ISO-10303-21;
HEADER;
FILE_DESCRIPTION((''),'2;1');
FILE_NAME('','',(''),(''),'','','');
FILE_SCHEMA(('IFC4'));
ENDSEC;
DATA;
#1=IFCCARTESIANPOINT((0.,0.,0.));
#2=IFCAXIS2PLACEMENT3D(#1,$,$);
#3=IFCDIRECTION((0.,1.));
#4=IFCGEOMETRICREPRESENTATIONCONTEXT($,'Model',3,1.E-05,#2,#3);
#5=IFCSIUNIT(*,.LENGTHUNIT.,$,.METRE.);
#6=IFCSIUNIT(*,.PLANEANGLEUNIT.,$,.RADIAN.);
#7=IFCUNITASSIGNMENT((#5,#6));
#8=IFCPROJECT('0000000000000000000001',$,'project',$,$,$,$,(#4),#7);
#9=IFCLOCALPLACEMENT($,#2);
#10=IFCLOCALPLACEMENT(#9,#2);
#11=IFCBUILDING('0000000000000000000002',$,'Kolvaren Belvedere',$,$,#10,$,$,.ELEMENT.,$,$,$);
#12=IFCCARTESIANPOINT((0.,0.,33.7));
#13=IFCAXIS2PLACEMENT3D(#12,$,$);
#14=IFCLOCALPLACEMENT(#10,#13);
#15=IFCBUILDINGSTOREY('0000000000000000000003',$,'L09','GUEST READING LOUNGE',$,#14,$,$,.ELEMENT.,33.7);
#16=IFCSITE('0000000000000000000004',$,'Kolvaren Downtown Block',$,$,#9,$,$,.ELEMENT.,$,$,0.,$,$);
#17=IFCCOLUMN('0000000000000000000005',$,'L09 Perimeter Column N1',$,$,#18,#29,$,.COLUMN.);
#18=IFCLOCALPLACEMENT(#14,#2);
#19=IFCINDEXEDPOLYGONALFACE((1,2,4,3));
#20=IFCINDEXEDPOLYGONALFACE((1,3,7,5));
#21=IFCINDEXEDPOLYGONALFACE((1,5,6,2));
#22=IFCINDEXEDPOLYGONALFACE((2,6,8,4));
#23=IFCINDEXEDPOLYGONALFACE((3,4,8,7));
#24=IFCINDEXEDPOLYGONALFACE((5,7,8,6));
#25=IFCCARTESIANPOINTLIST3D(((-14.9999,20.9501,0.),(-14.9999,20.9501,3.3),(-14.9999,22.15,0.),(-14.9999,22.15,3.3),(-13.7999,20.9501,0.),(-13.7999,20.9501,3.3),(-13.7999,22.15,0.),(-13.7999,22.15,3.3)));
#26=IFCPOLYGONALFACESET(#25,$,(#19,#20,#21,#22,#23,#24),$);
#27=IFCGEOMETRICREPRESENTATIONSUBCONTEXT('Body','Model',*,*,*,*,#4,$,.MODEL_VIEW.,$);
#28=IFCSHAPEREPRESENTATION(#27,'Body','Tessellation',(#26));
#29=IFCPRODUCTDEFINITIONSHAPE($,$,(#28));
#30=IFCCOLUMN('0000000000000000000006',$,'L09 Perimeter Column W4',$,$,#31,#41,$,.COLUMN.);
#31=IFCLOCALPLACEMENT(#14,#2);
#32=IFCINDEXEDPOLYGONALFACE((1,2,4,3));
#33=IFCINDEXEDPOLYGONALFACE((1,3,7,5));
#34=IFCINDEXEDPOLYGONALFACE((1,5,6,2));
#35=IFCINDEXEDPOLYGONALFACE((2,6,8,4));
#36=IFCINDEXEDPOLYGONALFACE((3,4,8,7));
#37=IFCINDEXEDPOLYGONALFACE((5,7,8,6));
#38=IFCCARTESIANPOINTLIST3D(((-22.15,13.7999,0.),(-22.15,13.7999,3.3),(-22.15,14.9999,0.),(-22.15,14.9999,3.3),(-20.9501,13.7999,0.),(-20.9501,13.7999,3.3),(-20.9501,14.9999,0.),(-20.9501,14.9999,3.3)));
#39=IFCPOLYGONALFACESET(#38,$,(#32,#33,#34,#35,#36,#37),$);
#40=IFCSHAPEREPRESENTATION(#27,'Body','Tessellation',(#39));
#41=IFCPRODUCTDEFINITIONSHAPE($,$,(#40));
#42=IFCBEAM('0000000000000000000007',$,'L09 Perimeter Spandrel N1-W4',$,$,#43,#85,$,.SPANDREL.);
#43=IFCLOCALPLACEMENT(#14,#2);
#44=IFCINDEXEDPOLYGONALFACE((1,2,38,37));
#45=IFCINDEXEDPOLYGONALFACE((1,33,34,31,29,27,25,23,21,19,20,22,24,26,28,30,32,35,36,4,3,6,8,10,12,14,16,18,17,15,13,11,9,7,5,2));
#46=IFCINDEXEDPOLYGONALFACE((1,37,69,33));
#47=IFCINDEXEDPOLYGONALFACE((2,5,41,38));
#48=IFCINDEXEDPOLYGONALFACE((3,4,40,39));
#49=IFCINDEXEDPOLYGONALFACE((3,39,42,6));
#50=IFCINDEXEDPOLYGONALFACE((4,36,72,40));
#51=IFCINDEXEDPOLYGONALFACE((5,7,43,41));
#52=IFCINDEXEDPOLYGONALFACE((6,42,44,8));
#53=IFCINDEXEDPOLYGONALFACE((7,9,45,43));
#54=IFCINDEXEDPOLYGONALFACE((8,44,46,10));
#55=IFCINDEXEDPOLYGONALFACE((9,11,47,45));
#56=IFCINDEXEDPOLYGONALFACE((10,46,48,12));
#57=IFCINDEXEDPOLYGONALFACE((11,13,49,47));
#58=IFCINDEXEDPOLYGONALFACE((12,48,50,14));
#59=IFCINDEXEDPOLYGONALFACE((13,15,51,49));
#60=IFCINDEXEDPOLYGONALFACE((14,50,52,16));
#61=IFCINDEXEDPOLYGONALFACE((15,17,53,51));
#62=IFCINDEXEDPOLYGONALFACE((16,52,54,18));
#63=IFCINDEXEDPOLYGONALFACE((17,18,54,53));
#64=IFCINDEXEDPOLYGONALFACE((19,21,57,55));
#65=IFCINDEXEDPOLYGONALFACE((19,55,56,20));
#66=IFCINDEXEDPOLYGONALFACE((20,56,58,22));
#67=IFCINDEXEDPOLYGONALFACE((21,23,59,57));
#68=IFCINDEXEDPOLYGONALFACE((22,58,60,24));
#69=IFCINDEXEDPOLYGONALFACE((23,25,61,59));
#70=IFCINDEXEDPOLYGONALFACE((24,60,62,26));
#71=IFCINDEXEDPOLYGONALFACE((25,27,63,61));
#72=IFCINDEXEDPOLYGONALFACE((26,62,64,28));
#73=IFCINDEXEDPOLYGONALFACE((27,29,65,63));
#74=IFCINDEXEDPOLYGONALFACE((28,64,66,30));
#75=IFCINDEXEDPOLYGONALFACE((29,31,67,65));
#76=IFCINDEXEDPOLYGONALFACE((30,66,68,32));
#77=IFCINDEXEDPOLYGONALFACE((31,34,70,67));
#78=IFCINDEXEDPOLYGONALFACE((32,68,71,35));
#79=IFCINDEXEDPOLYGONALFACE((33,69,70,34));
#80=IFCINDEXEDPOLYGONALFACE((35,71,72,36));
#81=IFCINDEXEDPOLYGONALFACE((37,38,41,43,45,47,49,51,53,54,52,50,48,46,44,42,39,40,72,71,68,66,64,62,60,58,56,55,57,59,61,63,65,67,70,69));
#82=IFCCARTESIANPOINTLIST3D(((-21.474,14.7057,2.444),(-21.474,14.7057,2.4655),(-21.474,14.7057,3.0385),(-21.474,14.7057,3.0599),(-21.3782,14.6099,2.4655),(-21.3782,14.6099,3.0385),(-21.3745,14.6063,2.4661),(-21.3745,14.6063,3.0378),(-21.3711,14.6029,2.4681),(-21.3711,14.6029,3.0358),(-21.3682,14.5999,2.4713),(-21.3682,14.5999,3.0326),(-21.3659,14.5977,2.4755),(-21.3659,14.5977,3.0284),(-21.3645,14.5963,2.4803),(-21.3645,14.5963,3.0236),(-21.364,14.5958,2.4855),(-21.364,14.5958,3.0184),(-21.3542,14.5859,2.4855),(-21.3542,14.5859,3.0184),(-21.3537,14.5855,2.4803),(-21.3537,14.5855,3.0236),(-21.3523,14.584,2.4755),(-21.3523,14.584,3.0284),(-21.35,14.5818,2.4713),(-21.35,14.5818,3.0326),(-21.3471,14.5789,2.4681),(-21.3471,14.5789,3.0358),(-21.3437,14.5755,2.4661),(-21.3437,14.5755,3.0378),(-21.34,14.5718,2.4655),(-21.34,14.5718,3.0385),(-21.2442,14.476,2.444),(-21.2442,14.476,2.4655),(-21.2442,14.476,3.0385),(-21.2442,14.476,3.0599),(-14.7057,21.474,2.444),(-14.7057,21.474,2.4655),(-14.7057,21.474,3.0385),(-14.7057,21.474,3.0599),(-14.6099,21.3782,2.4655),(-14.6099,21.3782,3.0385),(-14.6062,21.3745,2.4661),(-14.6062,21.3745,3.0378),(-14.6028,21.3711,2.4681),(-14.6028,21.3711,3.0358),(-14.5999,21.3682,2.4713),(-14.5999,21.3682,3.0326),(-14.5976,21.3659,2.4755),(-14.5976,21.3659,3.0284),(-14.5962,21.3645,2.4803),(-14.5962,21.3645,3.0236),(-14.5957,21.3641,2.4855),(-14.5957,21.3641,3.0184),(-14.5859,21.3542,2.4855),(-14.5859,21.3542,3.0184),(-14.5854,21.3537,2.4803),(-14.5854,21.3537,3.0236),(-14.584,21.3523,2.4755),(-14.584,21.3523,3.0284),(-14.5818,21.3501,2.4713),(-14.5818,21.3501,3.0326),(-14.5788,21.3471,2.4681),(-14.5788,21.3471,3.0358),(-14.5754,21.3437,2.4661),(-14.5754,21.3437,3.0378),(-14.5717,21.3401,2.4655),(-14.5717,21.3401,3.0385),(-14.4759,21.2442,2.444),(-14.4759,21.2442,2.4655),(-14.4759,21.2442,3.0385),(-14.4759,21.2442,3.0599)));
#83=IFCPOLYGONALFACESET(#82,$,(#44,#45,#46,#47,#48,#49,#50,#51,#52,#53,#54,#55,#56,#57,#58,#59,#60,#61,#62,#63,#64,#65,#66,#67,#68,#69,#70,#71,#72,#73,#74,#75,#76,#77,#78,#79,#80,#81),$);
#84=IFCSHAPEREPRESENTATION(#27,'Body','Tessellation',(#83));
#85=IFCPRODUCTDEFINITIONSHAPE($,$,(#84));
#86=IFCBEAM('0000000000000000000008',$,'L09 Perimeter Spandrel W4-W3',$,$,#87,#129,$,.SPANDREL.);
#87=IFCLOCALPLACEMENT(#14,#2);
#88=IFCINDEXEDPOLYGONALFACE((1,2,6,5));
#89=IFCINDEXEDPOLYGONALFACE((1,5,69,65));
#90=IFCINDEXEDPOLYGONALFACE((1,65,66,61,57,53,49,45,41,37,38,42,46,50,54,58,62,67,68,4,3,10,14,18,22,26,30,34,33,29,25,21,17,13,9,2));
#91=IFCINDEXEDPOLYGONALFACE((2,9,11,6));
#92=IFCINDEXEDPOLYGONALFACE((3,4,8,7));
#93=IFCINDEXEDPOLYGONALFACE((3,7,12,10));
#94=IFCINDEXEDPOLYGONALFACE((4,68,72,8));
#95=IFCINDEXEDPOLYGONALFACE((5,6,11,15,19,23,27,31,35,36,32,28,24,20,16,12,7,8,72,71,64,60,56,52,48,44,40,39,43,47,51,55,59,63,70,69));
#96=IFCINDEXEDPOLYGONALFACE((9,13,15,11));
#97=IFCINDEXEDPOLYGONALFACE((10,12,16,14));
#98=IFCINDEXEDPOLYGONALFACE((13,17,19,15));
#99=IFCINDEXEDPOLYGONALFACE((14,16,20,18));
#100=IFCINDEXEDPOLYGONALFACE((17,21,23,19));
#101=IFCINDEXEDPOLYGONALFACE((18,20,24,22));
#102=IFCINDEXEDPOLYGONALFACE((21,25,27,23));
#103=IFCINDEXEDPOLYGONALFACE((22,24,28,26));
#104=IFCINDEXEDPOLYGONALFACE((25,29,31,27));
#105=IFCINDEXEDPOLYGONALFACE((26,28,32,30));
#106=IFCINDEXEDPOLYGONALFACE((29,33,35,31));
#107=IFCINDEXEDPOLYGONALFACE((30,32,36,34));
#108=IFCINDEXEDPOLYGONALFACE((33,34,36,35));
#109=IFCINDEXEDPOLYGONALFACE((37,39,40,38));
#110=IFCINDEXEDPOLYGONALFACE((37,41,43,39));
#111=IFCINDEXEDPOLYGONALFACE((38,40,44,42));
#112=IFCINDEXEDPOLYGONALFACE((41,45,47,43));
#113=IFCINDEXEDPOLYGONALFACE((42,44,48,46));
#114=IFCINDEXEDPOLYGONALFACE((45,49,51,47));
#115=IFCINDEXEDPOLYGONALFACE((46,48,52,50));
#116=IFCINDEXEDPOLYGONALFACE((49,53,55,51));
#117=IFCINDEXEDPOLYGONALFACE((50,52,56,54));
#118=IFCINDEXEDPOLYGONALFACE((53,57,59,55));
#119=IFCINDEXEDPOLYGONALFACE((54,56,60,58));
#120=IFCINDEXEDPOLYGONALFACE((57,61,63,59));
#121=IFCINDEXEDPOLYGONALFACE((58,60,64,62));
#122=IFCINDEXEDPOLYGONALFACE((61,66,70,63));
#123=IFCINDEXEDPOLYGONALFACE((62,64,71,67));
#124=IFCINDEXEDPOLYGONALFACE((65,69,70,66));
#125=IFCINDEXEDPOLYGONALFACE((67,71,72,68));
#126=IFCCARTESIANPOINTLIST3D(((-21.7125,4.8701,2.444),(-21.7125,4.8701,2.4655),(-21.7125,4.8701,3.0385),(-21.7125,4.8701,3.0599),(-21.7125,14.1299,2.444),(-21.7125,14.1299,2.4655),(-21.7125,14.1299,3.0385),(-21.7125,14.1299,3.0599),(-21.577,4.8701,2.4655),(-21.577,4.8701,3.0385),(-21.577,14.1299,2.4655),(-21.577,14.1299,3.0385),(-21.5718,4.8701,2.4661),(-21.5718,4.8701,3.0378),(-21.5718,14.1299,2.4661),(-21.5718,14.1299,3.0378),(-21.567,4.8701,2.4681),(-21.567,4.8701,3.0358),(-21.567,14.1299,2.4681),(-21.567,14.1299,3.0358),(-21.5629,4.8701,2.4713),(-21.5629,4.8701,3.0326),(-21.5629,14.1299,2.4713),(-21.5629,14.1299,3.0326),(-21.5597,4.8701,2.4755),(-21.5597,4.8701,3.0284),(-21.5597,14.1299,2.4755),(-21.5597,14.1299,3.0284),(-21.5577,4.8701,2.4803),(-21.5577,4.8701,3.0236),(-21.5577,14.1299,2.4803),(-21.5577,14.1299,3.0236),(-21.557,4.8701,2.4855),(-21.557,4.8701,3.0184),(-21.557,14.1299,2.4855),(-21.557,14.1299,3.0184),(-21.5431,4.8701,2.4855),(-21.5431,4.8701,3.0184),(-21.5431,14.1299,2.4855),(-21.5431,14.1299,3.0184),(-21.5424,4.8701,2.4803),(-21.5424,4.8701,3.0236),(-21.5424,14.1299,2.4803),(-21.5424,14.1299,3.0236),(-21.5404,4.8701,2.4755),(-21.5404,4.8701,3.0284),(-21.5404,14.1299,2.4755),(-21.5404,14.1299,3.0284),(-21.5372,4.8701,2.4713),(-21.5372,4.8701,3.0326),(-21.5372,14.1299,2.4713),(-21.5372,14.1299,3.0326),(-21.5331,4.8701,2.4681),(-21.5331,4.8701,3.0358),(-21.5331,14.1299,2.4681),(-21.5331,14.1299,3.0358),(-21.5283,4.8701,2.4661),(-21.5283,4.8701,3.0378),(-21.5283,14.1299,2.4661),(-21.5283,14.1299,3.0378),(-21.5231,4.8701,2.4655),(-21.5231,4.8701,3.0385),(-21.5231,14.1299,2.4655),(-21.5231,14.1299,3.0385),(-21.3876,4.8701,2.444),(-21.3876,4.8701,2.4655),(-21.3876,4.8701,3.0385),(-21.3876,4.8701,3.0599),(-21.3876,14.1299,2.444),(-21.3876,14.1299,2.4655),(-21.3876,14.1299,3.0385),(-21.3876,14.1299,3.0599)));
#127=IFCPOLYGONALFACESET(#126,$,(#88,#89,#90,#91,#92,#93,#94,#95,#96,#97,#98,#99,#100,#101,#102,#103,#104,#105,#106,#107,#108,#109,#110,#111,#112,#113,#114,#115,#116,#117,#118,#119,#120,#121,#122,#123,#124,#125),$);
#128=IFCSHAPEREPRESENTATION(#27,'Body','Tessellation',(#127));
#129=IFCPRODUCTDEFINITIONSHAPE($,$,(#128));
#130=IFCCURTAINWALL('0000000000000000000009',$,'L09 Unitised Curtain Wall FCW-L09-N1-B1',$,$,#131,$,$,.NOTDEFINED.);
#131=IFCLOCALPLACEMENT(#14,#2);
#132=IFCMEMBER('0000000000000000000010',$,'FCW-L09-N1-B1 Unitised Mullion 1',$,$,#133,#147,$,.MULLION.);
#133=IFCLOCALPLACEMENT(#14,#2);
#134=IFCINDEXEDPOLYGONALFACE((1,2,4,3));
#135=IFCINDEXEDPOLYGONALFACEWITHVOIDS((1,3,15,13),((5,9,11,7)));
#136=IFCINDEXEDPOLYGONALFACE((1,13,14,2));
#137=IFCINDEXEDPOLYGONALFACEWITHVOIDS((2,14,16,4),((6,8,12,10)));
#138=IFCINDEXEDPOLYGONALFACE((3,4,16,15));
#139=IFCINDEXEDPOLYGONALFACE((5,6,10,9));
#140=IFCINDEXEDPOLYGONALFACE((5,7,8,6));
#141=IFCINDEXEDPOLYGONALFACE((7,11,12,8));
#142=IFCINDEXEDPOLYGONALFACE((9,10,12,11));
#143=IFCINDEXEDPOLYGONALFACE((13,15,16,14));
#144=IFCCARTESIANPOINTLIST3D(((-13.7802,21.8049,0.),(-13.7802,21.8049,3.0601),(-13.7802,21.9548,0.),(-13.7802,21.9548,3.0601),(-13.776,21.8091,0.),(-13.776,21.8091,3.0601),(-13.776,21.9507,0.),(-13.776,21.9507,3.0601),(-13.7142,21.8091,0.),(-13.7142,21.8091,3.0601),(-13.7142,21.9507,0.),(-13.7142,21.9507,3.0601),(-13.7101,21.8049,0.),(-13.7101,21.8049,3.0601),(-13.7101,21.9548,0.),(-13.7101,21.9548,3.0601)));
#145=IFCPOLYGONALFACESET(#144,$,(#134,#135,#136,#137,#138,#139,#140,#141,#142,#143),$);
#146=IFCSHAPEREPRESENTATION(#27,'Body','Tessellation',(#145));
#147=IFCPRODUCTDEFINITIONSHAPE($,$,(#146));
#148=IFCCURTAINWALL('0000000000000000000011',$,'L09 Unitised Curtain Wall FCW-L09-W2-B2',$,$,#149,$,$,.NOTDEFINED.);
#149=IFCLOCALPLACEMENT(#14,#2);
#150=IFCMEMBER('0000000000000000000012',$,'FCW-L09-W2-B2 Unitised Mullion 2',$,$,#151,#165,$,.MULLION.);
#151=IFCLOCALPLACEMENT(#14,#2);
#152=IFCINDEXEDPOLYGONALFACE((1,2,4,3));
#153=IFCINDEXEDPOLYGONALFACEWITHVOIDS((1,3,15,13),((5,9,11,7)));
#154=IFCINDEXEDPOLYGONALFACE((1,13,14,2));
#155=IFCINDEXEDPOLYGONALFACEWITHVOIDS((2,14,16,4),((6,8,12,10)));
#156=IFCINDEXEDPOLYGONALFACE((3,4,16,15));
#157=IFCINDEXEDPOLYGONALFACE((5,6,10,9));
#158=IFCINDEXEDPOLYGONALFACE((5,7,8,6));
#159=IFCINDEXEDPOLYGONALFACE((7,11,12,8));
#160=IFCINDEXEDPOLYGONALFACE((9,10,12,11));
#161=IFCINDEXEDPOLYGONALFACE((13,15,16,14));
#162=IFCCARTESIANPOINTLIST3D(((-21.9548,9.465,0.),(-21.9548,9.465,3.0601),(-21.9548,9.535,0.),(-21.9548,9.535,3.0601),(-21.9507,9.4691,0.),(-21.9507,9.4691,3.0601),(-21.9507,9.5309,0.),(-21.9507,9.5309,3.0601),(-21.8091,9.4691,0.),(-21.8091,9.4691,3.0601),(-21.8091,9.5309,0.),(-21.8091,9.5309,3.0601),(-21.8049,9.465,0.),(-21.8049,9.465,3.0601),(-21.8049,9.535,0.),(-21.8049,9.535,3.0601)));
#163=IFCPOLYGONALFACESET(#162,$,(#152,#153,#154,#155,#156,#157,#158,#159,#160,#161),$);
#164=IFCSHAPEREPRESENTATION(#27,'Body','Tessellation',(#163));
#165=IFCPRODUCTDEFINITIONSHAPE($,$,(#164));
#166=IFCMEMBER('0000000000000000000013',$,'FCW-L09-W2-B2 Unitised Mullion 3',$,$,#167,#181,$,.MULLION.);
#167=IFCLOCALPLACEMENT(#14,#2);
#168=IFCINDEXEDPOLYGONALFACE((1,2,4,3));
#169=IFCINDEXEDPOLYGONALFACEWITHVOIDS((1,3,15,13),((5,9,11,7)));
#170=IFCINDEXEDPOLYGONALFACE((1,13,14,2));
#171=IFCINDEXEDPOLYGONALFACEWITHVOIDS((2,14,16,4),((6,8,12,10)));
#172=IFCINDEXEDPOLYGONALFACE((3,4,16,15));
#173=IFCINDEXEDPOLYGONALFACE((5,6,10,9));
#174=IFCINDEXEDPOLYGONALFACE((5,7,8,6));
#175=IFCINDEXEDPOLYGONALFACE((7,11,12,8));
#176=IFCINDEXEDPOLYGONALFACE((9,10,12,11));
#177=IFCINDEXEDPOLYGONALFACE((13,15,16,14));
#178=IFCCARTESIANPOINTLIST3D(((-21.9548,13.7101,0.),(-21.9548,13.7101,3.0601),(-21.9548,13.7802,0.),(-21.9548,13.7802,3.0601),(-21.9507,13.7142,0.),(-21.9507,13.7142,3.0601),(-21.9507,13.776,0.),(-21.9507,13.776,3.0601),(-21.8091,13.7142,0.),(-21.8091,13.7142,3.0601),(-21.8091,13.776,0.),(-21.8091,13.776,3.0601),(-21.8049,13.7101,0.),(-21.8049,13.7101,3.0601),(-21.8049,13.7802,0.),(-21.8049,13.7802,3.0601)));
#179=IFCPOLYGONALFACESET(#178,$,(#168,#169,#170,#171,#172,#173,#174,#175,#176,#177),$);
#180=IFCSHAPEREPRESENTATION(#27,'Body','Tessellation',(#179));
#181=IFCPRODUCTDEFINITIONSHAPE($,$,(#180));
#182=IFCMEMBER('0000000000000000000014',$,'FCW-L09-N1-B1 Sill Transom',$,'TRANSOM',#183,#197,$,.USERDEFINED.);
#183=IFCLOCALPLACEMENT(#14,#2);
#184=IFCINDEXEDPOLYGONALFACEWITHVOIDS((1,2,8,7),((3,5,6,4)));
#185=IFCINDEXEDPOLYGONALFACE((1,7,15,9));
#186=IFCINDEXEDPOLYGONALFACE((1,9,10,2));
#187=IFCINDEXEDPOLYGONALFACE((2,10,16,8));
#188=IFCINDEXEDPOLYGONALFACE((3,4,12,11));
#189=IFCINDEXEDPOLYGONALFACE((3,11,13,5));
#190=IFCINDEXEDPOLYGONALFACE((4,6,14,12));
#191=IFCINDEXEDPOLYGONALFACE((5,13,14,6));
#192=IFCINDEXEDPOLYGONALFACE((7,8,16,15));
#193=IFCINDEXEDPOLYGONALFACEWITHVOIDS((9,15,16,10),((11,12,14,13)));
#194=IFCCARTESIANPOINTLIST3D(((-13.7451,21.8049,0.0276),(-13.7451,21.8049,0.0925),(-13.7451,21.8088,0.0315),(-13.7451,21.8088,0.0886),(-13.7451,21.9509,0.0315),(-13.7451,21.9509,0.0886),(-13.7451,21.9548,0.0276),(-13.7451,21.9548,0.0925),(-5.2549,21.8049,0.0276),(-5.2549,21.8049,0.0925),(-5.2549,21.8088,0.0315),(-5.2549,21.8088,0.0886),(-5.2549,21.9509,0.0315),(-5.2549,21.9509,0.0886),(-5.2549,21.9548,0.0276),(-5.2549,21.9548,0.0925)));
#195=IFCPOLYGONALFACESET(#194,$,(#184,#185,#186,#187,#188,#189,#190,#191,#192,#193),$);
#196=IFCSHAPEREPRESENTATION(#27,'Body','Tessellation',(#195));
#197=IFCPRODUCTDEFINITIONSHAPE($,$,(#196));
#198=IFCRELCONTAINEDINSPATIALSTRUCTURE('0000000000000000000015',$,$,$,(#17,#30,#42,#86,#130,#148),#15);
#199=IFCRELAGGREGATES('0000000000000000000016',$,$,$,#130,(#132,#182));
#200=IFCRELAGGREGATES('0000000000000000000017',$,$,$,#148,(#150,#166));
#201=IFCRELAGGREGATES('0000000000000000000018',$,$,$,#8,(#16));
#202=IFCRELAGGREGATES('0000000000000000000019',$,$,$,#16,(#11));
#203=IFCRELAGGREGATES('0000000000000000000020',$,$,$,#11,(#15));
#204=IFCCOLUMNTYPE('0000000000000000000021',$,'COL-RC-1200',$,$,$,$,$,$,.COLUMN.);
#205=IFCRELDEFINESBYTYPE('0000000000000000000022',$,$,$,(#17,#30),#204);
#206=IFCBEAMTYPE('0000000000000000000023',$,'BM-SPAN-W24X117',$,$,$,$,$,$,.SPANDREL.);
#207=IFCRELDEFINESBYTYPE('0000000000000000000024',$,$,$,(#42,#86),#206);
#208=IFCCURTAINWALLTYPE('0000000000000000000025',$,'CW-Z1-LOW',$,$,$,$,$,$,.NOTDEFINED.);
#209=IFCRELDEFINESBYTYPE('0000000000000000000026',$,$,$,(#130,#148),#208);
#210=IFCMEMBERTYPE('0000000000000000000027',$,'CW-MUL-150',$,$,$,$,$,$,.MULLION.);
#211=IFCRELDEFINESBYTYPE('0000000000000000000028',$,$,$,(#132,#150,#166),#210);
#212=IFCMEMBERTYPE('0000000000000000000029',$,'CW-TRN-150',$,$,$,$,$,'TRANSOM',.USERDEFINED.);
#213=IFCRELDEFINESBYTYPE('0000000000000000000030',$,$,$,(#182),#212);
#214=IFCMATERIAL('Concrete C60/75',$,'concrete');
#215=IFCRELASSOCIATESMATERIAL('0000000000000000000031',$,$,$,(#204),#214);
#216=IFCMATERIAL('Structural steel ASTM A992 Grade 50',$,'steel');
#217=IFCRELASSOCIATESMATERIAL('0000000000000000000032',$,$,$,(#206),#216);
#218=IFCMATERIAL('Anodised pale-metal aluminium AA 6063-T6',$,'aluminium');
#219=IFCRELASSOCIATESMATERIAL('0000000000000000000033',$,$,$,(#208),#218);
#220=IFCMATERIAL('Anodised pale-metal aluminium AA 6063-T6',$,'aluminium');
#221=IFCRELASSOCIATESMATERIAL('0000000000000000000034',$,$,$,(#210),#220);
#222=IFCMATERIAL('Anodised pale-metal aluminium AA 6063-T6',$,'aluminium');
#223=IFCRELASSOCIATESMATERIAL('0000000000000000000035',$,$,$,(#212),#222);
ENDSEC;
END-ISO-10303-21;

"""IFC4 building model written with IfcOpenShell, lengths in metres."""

from ifc_helpers import new_model, si_unit, direction, frame, origin, origin_2d, place, context, subcontext, project, spatial, rectangle, hollow_rectangle, i_section, extrude, material, material_profile, profile_set, type_object, element, aggregate, save


model = new_model("IFC4")

# Units and contexts
model_context = context("Model", 3, precision=1e-05, world=origin(), true_north=direction((0.0, 1.0)))
body_context = subcontext(model_context, "Body", "Model", "MODEL_VIEW")
ifc_project = project(units=[si_unit("LENGTHUNIT", "METRE"), si_unit("PLANEANGLEUNIT", "RADIAN")], contexts=[model_context])

# Site, building, storey
site_placement = place(None, origin())
site = spatial("IfcSite", under=ifc_project, at=site_placement, Name="Kolvaren Downtown Block", CompositionType="ELEMENT", RefElevation=0.0)
building_placement = place(site_placement, origin())
building = spatial("IfcBuilding", under=site, at=building_placement, Name="Kolvaren Belvedere", CompositionType="ELEMENT")
storey_placement = place(building_placement, frame((0.0, 0.0, 33.7)))
storey = spatial("IfcBuildingStorey", under=building, at=storey_placement, Name="L09", Description="GUEST READING LOUNGE", CompositionType="ELEMENT", Elevation=33.7)

# Columns
ifc_material_1 = material(Name="Concrete C60/75", Category="concrete")
ifc_material_profile_1 = material_profile(ifc_material_1, rectangle(XDim=1.2, YDim=1.2, at=origin_2d()), Name="RC 1200X1200")
ifc_profile_set_1 = profile_set([ifc_material_profile_1], Name="Concrete C60/75")
column_type = type_object("IfcColumnType", Name="COL-RC-1200", PredefinedType="COLUMN", material=ifc_profile_set_1)
for number, where, z_axis, x_axis, name in (
    (1, (-14.3999, 21.55, 0.0), (0.0, 0.0, 1.0), (1.0, 0.0, 0.0), "L09 Perimeter Column N1"),
    (2, (-21.55, 14.3999, 0.0), (0.0, 0.0, 1.0), (1.0, 0.0, 0.0), "L09 Perimeter Column W4"),
):
    element("IfcColumn", number, at=place(storey_placement, frame(where, z_axis=z_axis, x_axis=x_axis)), inside=storey, type_object=column_type, Name=name, PredefinedType="COLUMN", context=body_context, shape_type="SweptSolid", body=[
        extrude(rectangle(XDim=1.2, YDim=1.2, at=origin_2d()), origin(), (0.0, 0.0, 1.0), 3.3),
    ])

# Beams
ifc_material_2 = material(Name="Structural steel ASTM A992 Grade 50", Category="steel")
ifc_material_profile_2 = material_profile(ifc_material_2, i_section(OverallWidth=0.325, OverallDepth=0.616, WebThickness=0.0139, FlangeThickness=0.0215, FilletRadius=0.02, at=origin_2d()), Name="W24X117")
ifc_profile_set_2 = profile_set([ifc_material_profile_2], Name="Structural steel ASTM A992 Grade 50")
beam_type = type_object("IfcBeamType", Name="BM-SPAN-W24X117", PredefinedType="SPANDREL", material=ifc_profile_set_2)
beam_1_placement = place(storey_placement, frame((-14.5908, 21.3591, 2.752), z_axis=(-0.707107, -0.707107, 0.0), x_axis=(0.707107, -0.707107, 0.0)))
element("IfcBeam", 3, at=beam_1_placement, inside=storey, type_object=beam_type, Name="L09 Perimeter Spandrel N1-W4", PredefinedType="SPANDREL", context=body_context, shape_type="SweptSolid", body=[
    extrude(i_section(OverallWidth=0.325, OverallDepth=0.616, WebThickness=0.0139, FlangeThickness=0.0215, FilletRadius=0.02, at=origin_2d()), origin(), (0.0, 0.0, 1.0), 9.5718),
])
beam_2_placement = place(storey_placement, frame((-21.55, 14.1299, 2.752), z_axis=(0.0, -1.0, 0.0), x_axis=(1.0, 0.0, 0.0)))
element("IfcBeam", 4, at=beam_2_placement, inside=storey, type_object=beam_type, Name="L09 Perimeter Spandrel W4-W3", PredefinedType="SPANDREL", context=body_context, shape_type="SweptSolid", body=[
    extrude(i_section(OverallWidth=0.325, OverallDepth=0.616, WebThickness=0.0139, FlangeThickness=0.0215, FilletRadius=0.02, at=origin_2d()), origin(), (0.0, 0.0, 1.0), 9.2598),
])

# Curtain wall, member
ifc_material_3 = material(Name="Anodised pale-metal aluminium AA 6063-T6", Category="aluminium")
curtain_wall_type = type_object("IfcCurtainWallType", Name="CW-Z1-LOW", PredefinedType="NOTDEFINED", material=ifc_material_3)
curtain_wall_1_placement = place(storey_placement, origin())
curtain_wall_1 = element("IfcCurtainWall", 5, at=curtain_wall_1_placement, inside=storey, type_object=curtain_wall_type, Name="L09 Unitised Curtain Wall FCW-L09-N1-B1", PredefinedType="NOTDEFINED")
ifc_material_4 = material(Name="Anodised pale-metal aluminium AA 6063-T6", Category="aluminium")
ifc_material_profile_3 = material_profile(ifc_material_4, hollow_rectangle(XDim=0.0701, YDim=0.1499, WallThickness=0.0042, at=origin_2d()), Name="ALU-MUL-150X70")
ifc_profile_set_3 = profile_set([ifc_material_profile_3], Name="Anodised pale-metal aluminium AA 6063-T6")
member_type_1 = type_object("IfcMemberType", Name="CW-MUL-150", PredefinedType="MULLION", material=ifc_profile_set_3)
member_1_placement = place(storey_placement, frame((-13.7451, 21.8799, 0.0), z_axis=(0.0, 0.0, 1.0), x_axis=(1.0, 0.0, 0.0)))
member_1 = element("IfcMember", 6, at=member_1_placement, type_object=member_type_1, Name="FCW-L09-N1-B1 Unitised Mullion 1", PredefinedType="MULLION", context=body_context, shape_type="SweptSolid", body=[
    extrude(hollow_rectangle(XDim=0.0701, YDim=0.1499, WallThickness=0.0042, at=origin_2d()), origin(), (0.0, 0.0, 1.0), 3.0601),
])

# Curtain wall, members
curtain_wall_2_placement = place(storey_placement, origin())
curtain_wall_2 = element("IfcCurtainWall", 7, at=curtain_wall_2_placement, inside=storey, type_object=curtain_wall_type, Name="L09 Unitised Curtain Wall FCW-L09-W2-B2", PredefinedType="NOTDEFINED")
member_2_placement = place(storey_placement, frame((-21.8799, 9.5, 0.0), z_axis=(0.0, 0.0, 1.0), x_axis=(0.0, 1.0, 0.0)))
member_2 = element("IfcMember", 8, at=member_2_placement, type_object=member_type_1, Name="FCW-L09-W2-B2 Unitised Mullion 2", PredefinedType="MULLION", context=body_context, shape_type="SweptSolid", body=[
    extrude(hollow_rectangle(XDim=0.0701, YDim=0.1499, WallThickness=0.0042, at=origin_2d()), origin(), (0.0, 0.0, 1.0), 3.0601),
])
member_3_placement = place(storey_placement, frame((-21.8799, 13.7451, 0.0), z_axis=(0.0, 0.0, 1.0), x_axis=(0.0, 1.0, 0.0)))
member_3 = element("IfcMember", 9, at=member_3_placement, type_object=member_type_1, Name="FCW-L09-W2-B2 Unitised Mullion 3", PredefinedType="MULLION", context=body_context, shape_type="SweptSolid", body=[
    extrude(hollow_rectangle(XDim=0.0701, YDim=0.1499, WallThickness=0.0042, at=origin_2d()), origin(), (0.0, 0.0, 1.0), 3.0601),
])

# Member
ifc_material_5 = material(Name="Anodised pale-metal aluminium AA 6063-T6", Category="aluminium")
ifc_material_profile_4 = material_profile(ifc_material_5, hollow_rectangle(XDim=0.0649, YDim=0.1499, WallThickness=0.0039, at=origin_2d()), Name="ALU-TRN-150X65")
ifc_profile_set_4 = profile_set([ifc_material_profile_4], Name="Anodised pale-metal aluminium AA 6063-T6")
member_type_2 = type_object("IfcMemberType", Name="CW-TRN-150", ElementType="TRANSOM", PredefinedType="USERDEFINED", material=ifc_profile_set_4)
member_4_placement = place(storey_placement, frame((-13.7451, 21.8799, 0.0601), z_axis=(1.0, 0.0, 0.0), x_axis=(0.0, 0.0, 1.0)))
member_4 = element("IfcMember", 10, at=member_4_placement, type_object=member_type_2, Name="FCW-L09-N1-B1 Sill Transom", ObjectType="TRANSOM", PredefinedType="USERDEFINED", context=body_context, shape_type="SweptSolid", body=[
    extrude(hollow_rectangle(XDim=0.0649, YDim=0.1499, WallThickness=0.0039, at=origin_2d()), origin(), (0.0, 0.0, 1.0), 8.4902),
])
aggregate(curtain_wall_1, [member_1, member_4])

aggregate(curtain_wall_2, [member_2, member_3])

save(model, "model.ifc")
